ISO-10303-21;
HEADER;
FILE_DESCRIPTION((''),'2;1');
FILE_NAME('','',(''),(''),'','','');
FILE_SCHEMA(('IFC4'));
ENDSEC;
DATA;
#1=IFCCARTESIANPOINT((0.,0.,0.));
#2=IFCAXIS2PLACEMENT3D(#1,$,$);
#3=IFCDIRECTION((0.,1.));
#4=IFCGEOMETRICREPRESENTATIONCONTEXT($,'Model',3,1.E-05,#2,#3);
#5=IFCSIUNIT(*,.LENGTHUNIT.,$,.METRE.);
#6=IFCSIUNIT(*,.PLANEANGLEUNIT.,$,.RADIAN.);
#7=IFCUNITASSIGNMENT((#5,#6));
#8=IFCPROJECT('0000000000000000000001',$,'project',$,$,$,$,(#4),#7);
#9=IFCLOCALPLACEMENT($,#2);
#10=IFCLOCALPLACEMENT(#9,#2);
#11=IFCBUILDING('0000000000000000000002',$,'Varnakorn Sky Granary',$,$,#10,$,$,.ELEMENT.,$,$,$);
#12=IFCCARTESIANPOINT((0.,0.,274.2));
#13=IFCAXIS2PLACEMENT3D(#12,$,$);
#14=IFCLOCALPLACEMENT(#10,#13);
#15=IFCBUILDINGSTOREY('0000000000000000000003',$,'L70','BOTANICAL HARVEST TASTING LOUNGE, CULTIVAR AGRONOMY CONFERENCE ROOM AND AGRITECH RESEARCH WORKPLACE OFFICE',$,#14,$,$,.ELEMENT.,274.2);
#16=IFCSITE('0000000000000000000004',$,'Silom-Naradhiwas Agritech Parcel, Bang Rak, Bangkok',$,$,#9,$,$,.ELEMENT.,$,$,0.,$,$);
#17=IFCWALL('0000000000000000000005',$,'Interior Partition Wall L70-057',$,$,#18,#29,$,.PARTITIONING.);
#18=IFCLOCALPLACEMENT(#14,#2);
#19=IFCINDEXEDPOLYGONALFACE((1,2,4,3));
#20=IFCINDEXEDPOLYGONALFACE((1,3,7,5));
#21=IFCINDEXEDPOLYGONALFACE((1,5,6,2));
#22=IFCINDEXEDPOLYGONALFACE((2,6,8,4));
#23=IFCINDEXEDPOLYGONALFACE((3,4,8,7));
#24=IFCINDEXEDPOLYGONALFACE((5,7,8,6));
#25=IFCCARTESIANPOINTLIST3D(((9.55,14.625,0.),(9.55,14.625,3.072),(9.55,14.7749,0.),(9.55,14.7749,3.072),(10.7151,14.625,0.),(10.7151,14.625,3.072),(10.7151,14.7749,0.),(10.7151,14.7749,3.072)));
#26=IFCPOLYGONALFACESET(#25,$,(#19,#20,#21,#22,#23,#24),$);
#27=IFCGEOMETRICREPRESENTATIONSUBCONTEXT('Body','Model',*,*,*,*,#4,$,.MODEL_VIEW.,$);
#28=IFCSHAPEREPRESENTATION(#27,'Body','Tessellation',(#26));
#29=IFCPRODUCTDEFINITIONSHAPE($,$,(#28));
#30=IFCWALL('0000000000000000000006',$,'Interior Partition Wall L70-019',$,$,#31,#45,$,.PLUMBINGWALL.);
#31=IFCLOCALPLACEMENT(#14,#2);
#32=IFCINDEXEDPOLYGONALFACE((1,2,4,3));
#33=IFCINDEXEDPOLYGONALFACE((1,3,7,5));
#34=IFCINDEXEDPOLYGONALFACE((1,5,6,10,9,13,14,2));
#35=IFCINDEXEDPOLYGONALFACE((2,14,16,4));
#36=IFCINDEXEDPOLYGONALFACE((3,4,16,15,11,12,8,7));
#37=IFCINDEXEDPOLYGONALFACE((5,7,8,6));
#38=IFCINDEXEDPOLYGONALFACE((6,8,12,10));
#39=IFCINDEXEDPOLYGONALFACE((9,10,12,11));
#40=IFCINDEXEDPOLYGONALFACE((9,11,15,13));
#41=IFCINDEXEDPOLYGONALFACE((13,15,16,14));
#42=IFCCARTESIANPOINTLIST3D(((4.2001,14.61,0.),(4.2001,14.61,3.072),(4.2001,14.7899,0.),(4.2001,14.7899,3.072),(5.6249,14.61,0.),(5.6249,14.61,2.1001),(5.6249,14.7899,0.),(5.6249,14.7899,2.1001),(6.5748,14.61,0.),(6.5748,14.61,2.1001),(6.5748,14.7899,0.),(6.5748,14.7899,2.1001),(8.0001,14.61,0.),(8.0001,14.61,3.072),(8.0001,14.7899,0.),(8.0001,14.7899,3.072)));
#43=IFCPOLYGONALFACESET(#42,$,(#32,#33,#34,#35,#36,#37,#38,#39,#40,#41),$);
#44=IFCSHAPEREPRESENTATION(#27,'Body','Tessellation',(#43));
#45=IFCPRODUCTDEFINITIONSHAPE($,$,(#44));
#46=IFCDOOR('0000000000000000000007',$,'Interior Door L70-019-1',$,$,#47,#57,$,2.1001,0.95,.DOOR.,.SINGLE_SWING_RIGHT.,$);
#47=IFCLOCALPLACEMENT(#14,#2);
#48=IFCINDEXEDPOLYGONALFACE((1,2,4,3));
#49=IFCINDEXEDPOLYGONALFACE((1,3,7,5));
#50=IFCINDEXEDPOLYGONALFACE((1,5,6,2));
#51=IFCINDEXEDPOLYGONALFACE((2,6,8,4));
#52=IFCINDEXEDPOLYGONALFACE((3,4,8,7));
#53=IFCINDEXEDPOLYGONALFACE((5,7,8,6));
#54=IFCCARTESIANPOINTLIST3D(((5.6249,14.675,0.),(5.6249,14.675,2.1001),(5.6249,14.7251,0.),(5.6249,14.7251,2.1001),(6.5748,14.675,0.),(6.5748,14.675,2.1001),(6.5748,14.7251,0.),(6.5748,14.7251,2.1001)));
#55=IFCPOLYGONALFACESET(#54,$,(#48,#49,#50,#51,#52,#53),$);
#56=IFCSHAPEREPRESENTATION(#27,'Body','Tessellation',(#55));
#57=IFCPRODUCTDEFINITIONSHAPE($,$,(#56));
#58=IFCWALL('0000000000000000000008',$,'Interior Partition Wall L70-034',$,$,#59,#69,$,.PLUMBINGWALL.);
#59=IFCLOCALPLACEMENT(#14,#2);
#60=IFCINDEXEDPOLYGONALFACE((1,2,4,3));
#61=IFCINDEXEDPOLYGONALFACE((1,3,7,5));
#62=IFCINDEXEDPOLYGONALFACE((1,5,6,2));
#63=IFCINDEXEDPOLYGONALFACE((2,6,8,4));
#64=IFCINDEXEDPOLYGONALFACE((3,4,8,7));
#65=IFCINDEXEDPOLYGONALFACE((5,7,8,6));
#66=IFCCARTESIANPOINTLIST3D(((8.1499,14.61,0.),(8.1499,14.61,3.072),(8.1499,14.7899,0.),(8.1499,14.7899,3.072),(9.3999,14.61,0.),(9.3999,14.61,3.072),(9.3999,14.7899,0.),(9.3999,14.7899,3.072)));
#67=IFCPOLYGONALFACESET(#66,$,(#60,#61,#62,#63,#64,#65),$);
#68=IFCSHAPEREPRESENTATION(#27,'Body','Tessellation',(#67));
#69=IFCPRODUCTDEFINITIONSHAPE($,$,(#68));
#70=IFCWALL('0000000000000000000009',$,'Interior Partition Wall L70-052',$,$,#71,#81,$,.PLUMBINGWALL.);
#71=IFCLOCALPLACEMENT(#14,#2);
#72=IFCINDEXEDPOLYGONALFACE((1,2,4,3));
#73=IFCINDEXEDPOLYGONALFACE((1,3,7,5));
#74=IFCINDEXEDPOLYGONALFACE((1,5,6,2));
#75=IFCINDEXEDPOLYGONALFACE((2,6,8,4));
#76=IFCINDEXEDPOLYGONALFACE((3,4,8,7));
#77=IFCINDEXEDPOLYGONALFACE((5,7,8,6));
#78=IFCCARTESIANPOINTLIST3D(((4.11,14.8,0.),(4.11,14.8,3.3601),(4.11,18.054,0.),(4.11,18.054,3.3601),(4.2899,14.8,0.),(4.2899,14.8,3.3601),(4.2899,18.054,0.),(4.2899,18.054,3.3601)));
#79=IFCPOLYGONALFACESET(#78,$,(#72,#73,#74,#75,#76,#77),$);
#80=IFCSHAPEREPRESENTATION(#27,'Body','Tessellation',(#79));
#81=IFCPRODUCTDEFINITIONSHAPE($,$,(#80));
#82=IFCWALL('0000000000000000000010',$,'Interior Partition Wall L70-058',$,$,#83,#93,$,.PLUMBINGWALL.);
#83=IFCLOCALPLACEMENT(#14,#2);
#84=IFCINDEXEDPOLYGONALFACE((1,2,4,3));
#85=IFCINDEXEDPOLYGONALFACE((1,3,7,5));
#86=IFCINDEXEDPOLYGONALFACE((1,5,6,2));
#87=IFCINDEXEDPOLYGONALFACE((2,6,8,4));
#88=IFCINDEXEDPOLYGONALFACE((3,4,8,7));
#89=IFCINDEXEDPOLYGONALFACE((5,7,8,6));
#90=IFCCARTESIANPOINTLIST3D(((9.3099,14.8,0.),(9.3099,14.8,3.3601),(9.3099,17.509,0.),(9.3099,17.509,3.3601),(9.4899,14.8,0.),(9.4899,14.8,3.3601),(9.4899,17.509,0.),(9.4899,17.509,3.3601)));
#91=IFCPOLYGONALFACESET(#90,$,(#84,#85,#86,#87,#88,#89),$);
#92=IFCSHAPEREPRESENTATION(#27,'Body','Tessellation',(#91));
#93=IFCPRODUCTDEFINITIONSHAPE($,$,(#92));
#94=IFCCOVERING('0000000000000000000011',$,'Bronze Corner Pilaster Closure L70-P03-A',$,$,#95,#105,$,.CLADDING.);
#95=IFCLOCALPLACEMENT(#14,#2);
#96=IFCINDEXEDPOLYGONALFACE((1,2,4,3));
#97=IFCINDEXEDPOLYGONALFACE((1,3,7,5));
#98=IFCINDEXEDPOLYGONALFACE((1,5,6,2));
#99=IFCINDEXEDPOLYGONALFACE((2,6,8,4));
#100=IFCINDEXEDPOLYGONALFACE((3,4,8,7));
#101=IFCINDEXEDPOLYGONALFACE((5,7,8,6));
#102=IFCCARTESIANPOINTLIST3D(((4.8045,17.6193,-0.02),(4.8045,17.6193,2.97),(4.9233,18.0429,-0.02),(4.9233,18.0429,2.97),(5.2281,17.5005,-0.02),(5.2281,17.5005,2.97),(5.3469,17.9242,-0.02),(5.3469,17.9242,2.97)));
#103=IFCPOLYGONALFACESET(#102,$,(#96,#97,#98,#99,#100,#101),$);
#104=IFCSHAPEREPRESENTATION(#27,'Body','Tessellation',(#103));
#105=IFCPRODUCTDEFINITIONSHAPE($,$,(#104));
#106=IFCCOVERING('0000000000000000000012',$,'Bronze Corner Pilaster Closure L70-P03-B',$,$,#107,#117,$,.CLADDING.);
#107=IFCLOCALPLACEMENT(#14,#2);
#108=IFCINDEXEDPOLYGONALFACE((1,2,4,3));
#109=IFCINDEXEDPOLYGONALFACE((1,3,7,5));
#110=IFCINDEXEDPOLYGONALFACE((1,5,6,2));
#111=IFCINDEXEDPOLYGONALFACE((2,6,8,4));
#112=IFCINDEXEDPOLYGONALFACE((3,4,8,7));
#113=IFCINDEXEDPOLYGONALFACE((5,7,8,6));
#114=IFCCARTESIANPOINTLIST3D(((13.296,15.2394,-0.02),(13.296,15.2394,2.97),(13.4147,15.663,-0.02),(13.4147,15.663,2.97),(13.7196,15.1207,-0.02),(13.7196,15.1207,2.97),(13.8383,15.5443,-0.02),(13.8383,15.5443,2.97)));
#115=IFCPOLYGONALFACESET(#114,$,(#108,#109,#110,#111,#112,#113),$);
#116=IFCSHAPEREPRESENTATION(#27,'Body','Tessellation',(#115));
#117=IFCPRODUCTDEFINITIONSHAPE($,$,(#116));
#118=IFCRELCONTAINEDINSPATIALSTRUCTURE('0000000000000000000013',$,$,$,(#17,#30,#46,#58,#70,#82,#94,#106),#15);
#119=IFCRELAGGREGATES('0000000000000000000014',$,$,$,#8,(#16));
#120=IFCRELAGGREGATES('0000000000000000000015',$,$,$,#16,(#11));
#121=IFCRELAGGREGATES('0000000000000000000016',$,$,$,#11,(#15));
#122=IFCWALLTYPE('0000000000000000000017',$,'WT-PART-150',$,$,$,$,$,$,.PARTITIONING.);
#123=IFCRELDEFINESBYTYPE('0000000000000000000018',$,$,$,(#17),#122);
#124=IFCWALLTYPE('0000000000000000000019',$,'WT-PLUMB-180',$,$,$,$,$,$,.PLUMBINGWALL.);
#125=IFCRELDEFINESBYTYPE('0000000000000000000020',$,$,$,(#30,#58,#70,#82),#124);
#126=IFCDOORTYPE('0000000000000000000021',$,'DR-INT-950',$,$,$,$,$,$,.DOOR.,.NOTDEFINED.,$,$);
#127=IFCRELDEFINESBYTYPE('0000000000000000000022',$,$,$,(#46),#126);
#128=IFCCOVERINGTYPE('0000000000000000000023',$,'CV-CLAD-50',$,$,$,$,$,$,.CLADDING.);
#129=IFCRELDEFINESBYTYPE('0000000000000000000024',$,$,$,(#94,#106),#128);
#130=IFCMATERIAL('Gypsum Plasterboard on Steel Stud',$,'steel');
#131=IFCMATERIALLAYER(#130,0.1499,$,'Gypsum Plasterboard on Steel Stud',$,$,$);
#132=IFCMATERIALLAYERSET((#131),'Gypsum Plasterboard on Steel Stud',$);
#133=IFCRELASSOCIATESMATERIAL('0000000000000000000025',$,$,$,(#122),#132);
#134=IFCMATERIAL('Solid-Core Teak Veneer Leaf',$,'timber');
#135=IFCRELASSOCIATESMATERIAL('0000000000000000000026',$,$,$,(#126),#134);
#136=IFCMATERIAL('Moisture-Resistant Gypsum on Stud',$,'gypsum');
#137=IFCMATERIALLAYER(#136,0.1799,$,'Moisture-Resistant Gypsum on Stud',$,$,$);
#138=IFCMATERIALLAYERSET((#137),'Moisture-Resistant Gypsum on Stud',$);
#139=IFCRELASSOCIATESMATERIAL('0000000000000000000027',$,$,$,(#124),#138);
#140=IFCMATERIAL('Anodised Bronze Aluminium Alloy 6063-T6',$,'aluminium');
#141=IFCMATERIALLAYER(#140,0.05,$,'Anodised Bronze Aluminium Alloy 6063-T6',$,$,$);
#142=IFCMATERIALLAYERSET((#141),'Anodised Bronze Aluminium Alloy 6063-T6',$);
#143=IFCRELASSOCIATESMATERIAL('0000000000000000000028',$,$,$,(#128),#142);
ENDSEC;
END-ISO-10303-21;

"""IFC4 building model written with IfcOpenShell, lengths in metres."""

from ifc_helpers import new_model, si_unit, direction, frame, frame_2d, origin, origin_2d, place, context, subcontext, project, spatial, rectangle, extrude, source, transform, mapped, material, layer, layer_set, type_object, type_shapes, element, fill, save


model = new_model("IFC4")

# Units and contexts
model_context = context("Model", 3, precision=1e-05, world=origin(), true_north=direction((0.0, 1.0)))
body_context = subcontext(model_context, "Body", "Model", "MODEL_VIEW")
ifc_project = project(units=[si_unit("LENGTHUNIT", "METRE"), si_unit("PLANEANGLEUNIT", "RADIAN")], contexts=[model_context])

# Site, building, storey
site_placement = place(None, origin())
site = spatial("IfcSite", under=ifc_project, at=site_placement, Name="Silom-Naradhiwas Agritech Parcel, Bang Rak, Bangkok", CompositionType="ELEMENT", RefElevation=0.0)
building_placement = place(site_placement, origin())
building = spatial("IfcBuilding", under=site, at=building_placement, Name="Varnakorn Sky Granary", CompositionType="ELEMENT")
storey_placement = place(building_placement, frame((0.0, 0.0, 274.2)))
storey = spatial("IfcBuildingStorey", under=building, at=storey_placement, Name="L70", Description="BOTANICAL HARVEST TASTING LOUNGE, CULTIVAR AGRONOMY CONFERENCE ROOM AND AGRITECH RESEARCH WORKPLACE OFFICE", CompositionType="ELEMENT", Elevation=274.2)

# Shared definitions
ifc_material_1 = material(Name="Anodised Bronze Aluminium Alloy 6063-T6", Category="aluminium")

# Shared definitions
ifc_material_2 = material(Name="Gypsum Plasterboard on Steel Stud", Category="steel")
ifc_layer_1 = layer(ifc_material_2, 0.1499, Name="Gypsum Plasterboard on Steel Stud")
ifc_layer_set_1 = layer_set([ifc_layer_1], Name="Gypsum Plasterboard on Steel Stud")
wall_type_1 = type_object("IfcWallType", Name="WT-PART-150", PredefinedType="PARTITIONING", material=ifc_layer_set_1)
ifc_material_3 = material(Name="Solid-Core Teak Veneer Leaf", Category="timber")
door_type = type_object("IfcDoorType", Name="DR-INT-950", OperationType="NOTDEFINED", PredefinedType="DOOR", material=ifc_material_3)

# Wall
wall_1_placement = place(storey_placement, frame((10.7151, 14.7, 0.0), z_axis=(0.0, 0.0, 1.0), x_axis=(-1.0, 0.0, 0.0)))
element("IfcWall", 1, at=wall_1_placement, inside=storey, type_object=wall_type_1, Name="Interior Partition Wall L70-057", PredefinedType="PARTITIONING", context=body_context, shape_type="SweptSolid", body=[
    extrude(rectangle(XDim=1.165, YDim=0.1499, at=frame_2d((0.5825, 0.0))), origin(), (0.0, 0.0, 1.0), 3.072),
])

# Wall, opening, door
ifc_material_4 = material(Name="Moisture-Resistant Gypsum on Stud", Category="gypsum")
ifc_layer_2 = layer(ifc_material_4, 0.1799, Name="Moisture-Resistant Gypsum on Stud")
ifc_layer_set_2 = layer_set([ifc_layer_2], Name="Moisture-Resistant Gypsum on Stud")
wall_type_2 = type_object("IfcWallType", Name="WT-PLUMB-180", PredefinedType="PLUMBINGWALL", material=ifc_layer_set_2)
wall_2_placement = place(storey_placement, frame((8.0, 14.7, 0.0), z_axis=(0.0, 0.0, 1.0), x_axis=(-1.0, 0.0, 0.0)))
wall_2 = element("IfcWall", 2, at=wall_2_placement, inside=storey, type_object=wall_type_2, Name="Interior Partition Wall L70-019", PredefinedType="PLUMBINGWALL", context=body_context, shape_type="SweptSolid", body=[
    extrude(rectangle(XDim=3.8, YDim=0.1799, at=frame_2d((1.8999, 0.0))), origin(), (0.0, 0.0, 1.0), 3.072),
])
opening_1_placement = place(wall_2_placement, frame((1.425, 0.0, 0.0)))
opening_1 = element("IfcOpeningElement", 3, at=opening_1_placement, cuts=wall_2, PredefinedType="OPENING", context=body_context, shape_type="SweptSolid", body=[
    extrude(rectangle(XDim=0.95, YDim=2.1001, at=frame_2d((0.4751, 1.05))), frame((0.0, 0.1001, 0.0), z_axis=(0.0, -1.0, 0.0), x_axis=(1.0, 0.0, 0.0)), (0.0, 0.0, 1.0), 0.2),
])
door_1_placement = place(opening_1_placement, origin())
door_1 = element("IfcDoor", 4, at=door_1_placement, inside=storey, type_object=door_type, Name="Interior Door L70-019-1", OperationType="SINGLE_SWING_RIGHT", OverallHeight=2.1001, OverallWidth=0.95, PredefinedType="DOOR", context=body_context, shape_type="SweptSolid", body=[
    extrude(rectangle(XDim=0.95, YDim=2.1001, at=frame_2d((0.4751, 1.05))), frame((0.0, 0.0249, 0.0), z_axis=(0.0, -1.0, 0.0), x_axis=(1.0, 0.0, 0.0)), (0.0, 0.0, 1.0), 0.05),
])
fill(opening_1, door_1)

# Walls
wall_3_placement = place(storey_placement, frame((9.3999, 14.7, 0.0), z_axis=(0.0, 0.0, 1.0), x_axis=(-1.0, 0.0, 0.0)))
element("IfcWall", 5, at=wall_3_placement, inside=storey, type_object=wall_type_2, Name="Interior Partition Wall L70-034", PredefinedType="PLUMBINGWALL", context=body_context, shape_type="SweptSolid", body=[
    extrude(rectangle(XDim=1.25, YDim=0.1799, at=frame_2d((0.625, 0.0))), origin(), (0.0, 0.0, 1.0), 3.072),
])
wall_4_placement = place(storey_placement, frame((4.2, 18.054, 0.0), z_axis=(0.0, 0.0, 1.0), x_axis=(0.0, -1.0, 0.0)))
element("IfcWall", 6, at=wall_4_placement, inside=storey, type_object=wall_type_2, Name="Interior Partition Wall L70-052", PredefinedType="PLUMBINGWALL", context=body_context, shape_type="SweptSolid", body=[
    extrude(rectangle(XDim=3.2539, YDim=0.1799, at=frame_2d((1.627, 0.0))), origin(), (0.0, 0.0, 1.0), 3.3601),
])
wall_5_placement = place(storey_placement, frame((9.3999, 14.8, 0.0), z_axis=(0.0, 0.0, 1.0), x_axis=(0.0, 1.0, 0.0)))
element("IfcWall", 7, at=wall_5_placement, inside=storey, type_object=wall_type_2, Name="Interior Partition Wall L70-058", PredefinedType="PLUMBINGWALL", context=body_context, shape_type="SweptSolid", body=[
    extrude(rectangle(XDim=2.709, YDim=0.1799, at=frame_2d((1.3545, 0.0))), origin(), (0.0, 0.0, 1.0), 3.3601),
])

# Coverings
ifc_layer_3 = layer(ifc_material_1, 0.05, Name="Anodised Bronze Aluminium Alloy 6063-T6")
ifc_layer_set_3 = layer_set([ifc_layer_3], Name="Anodised Bronze Aluminium Alloy 6063-T6")
covering_type = type_object("IfcCoveringType", Name="CV-CLAD-50", PredefinedType="CLADDING", material=ifc_layer_set_3)
shared_shape = source(origin(), body_context, "Body", "SweptSolid", [
    extrude(rectangle(XDim=0.4399, YDim=0.4399, at=origin_2d()), origin(), (0.0, 0.0, 1.0), 2.99),
])
type_shapes(covering_type, [shared_shape])
for number, where, z_axis, x_axis, name in (
    (8, (5.0757, 17.7717, -0.02), (0.0, 0.0, 1.0), (0.96288, -0.269928, 0.0), "Bronze Corner Pilaster Closure L70-P03-A"),
    (9, (13.5671, 15.3918, -0.02), (0.0, 0.0, 1.0), (0.96288, -0.269928, 0.0), "Bronze Corner Pilaster Closure L70-P03-B"),
):
    element("IfcCovering", number, at=place(storey_placement, frame(where, z_axis=z_axis, x_axis=x_axis)), inside=storey, type_object=covering_type, Name=name, PredefinedType="CLADDING", context=body_context, shape_type="MappedRepresentation", body=[
        mapped(shared_shape, transform((0.0, 0.0, 0.0), x_axis=(1.0, 0.0, 0.0), y_axis=(0.0, 1.0, 0.0), z_axis=(0.0, 0.0, 1.0), scale=1.0)),
    ])

save(model, "model.ifc")
